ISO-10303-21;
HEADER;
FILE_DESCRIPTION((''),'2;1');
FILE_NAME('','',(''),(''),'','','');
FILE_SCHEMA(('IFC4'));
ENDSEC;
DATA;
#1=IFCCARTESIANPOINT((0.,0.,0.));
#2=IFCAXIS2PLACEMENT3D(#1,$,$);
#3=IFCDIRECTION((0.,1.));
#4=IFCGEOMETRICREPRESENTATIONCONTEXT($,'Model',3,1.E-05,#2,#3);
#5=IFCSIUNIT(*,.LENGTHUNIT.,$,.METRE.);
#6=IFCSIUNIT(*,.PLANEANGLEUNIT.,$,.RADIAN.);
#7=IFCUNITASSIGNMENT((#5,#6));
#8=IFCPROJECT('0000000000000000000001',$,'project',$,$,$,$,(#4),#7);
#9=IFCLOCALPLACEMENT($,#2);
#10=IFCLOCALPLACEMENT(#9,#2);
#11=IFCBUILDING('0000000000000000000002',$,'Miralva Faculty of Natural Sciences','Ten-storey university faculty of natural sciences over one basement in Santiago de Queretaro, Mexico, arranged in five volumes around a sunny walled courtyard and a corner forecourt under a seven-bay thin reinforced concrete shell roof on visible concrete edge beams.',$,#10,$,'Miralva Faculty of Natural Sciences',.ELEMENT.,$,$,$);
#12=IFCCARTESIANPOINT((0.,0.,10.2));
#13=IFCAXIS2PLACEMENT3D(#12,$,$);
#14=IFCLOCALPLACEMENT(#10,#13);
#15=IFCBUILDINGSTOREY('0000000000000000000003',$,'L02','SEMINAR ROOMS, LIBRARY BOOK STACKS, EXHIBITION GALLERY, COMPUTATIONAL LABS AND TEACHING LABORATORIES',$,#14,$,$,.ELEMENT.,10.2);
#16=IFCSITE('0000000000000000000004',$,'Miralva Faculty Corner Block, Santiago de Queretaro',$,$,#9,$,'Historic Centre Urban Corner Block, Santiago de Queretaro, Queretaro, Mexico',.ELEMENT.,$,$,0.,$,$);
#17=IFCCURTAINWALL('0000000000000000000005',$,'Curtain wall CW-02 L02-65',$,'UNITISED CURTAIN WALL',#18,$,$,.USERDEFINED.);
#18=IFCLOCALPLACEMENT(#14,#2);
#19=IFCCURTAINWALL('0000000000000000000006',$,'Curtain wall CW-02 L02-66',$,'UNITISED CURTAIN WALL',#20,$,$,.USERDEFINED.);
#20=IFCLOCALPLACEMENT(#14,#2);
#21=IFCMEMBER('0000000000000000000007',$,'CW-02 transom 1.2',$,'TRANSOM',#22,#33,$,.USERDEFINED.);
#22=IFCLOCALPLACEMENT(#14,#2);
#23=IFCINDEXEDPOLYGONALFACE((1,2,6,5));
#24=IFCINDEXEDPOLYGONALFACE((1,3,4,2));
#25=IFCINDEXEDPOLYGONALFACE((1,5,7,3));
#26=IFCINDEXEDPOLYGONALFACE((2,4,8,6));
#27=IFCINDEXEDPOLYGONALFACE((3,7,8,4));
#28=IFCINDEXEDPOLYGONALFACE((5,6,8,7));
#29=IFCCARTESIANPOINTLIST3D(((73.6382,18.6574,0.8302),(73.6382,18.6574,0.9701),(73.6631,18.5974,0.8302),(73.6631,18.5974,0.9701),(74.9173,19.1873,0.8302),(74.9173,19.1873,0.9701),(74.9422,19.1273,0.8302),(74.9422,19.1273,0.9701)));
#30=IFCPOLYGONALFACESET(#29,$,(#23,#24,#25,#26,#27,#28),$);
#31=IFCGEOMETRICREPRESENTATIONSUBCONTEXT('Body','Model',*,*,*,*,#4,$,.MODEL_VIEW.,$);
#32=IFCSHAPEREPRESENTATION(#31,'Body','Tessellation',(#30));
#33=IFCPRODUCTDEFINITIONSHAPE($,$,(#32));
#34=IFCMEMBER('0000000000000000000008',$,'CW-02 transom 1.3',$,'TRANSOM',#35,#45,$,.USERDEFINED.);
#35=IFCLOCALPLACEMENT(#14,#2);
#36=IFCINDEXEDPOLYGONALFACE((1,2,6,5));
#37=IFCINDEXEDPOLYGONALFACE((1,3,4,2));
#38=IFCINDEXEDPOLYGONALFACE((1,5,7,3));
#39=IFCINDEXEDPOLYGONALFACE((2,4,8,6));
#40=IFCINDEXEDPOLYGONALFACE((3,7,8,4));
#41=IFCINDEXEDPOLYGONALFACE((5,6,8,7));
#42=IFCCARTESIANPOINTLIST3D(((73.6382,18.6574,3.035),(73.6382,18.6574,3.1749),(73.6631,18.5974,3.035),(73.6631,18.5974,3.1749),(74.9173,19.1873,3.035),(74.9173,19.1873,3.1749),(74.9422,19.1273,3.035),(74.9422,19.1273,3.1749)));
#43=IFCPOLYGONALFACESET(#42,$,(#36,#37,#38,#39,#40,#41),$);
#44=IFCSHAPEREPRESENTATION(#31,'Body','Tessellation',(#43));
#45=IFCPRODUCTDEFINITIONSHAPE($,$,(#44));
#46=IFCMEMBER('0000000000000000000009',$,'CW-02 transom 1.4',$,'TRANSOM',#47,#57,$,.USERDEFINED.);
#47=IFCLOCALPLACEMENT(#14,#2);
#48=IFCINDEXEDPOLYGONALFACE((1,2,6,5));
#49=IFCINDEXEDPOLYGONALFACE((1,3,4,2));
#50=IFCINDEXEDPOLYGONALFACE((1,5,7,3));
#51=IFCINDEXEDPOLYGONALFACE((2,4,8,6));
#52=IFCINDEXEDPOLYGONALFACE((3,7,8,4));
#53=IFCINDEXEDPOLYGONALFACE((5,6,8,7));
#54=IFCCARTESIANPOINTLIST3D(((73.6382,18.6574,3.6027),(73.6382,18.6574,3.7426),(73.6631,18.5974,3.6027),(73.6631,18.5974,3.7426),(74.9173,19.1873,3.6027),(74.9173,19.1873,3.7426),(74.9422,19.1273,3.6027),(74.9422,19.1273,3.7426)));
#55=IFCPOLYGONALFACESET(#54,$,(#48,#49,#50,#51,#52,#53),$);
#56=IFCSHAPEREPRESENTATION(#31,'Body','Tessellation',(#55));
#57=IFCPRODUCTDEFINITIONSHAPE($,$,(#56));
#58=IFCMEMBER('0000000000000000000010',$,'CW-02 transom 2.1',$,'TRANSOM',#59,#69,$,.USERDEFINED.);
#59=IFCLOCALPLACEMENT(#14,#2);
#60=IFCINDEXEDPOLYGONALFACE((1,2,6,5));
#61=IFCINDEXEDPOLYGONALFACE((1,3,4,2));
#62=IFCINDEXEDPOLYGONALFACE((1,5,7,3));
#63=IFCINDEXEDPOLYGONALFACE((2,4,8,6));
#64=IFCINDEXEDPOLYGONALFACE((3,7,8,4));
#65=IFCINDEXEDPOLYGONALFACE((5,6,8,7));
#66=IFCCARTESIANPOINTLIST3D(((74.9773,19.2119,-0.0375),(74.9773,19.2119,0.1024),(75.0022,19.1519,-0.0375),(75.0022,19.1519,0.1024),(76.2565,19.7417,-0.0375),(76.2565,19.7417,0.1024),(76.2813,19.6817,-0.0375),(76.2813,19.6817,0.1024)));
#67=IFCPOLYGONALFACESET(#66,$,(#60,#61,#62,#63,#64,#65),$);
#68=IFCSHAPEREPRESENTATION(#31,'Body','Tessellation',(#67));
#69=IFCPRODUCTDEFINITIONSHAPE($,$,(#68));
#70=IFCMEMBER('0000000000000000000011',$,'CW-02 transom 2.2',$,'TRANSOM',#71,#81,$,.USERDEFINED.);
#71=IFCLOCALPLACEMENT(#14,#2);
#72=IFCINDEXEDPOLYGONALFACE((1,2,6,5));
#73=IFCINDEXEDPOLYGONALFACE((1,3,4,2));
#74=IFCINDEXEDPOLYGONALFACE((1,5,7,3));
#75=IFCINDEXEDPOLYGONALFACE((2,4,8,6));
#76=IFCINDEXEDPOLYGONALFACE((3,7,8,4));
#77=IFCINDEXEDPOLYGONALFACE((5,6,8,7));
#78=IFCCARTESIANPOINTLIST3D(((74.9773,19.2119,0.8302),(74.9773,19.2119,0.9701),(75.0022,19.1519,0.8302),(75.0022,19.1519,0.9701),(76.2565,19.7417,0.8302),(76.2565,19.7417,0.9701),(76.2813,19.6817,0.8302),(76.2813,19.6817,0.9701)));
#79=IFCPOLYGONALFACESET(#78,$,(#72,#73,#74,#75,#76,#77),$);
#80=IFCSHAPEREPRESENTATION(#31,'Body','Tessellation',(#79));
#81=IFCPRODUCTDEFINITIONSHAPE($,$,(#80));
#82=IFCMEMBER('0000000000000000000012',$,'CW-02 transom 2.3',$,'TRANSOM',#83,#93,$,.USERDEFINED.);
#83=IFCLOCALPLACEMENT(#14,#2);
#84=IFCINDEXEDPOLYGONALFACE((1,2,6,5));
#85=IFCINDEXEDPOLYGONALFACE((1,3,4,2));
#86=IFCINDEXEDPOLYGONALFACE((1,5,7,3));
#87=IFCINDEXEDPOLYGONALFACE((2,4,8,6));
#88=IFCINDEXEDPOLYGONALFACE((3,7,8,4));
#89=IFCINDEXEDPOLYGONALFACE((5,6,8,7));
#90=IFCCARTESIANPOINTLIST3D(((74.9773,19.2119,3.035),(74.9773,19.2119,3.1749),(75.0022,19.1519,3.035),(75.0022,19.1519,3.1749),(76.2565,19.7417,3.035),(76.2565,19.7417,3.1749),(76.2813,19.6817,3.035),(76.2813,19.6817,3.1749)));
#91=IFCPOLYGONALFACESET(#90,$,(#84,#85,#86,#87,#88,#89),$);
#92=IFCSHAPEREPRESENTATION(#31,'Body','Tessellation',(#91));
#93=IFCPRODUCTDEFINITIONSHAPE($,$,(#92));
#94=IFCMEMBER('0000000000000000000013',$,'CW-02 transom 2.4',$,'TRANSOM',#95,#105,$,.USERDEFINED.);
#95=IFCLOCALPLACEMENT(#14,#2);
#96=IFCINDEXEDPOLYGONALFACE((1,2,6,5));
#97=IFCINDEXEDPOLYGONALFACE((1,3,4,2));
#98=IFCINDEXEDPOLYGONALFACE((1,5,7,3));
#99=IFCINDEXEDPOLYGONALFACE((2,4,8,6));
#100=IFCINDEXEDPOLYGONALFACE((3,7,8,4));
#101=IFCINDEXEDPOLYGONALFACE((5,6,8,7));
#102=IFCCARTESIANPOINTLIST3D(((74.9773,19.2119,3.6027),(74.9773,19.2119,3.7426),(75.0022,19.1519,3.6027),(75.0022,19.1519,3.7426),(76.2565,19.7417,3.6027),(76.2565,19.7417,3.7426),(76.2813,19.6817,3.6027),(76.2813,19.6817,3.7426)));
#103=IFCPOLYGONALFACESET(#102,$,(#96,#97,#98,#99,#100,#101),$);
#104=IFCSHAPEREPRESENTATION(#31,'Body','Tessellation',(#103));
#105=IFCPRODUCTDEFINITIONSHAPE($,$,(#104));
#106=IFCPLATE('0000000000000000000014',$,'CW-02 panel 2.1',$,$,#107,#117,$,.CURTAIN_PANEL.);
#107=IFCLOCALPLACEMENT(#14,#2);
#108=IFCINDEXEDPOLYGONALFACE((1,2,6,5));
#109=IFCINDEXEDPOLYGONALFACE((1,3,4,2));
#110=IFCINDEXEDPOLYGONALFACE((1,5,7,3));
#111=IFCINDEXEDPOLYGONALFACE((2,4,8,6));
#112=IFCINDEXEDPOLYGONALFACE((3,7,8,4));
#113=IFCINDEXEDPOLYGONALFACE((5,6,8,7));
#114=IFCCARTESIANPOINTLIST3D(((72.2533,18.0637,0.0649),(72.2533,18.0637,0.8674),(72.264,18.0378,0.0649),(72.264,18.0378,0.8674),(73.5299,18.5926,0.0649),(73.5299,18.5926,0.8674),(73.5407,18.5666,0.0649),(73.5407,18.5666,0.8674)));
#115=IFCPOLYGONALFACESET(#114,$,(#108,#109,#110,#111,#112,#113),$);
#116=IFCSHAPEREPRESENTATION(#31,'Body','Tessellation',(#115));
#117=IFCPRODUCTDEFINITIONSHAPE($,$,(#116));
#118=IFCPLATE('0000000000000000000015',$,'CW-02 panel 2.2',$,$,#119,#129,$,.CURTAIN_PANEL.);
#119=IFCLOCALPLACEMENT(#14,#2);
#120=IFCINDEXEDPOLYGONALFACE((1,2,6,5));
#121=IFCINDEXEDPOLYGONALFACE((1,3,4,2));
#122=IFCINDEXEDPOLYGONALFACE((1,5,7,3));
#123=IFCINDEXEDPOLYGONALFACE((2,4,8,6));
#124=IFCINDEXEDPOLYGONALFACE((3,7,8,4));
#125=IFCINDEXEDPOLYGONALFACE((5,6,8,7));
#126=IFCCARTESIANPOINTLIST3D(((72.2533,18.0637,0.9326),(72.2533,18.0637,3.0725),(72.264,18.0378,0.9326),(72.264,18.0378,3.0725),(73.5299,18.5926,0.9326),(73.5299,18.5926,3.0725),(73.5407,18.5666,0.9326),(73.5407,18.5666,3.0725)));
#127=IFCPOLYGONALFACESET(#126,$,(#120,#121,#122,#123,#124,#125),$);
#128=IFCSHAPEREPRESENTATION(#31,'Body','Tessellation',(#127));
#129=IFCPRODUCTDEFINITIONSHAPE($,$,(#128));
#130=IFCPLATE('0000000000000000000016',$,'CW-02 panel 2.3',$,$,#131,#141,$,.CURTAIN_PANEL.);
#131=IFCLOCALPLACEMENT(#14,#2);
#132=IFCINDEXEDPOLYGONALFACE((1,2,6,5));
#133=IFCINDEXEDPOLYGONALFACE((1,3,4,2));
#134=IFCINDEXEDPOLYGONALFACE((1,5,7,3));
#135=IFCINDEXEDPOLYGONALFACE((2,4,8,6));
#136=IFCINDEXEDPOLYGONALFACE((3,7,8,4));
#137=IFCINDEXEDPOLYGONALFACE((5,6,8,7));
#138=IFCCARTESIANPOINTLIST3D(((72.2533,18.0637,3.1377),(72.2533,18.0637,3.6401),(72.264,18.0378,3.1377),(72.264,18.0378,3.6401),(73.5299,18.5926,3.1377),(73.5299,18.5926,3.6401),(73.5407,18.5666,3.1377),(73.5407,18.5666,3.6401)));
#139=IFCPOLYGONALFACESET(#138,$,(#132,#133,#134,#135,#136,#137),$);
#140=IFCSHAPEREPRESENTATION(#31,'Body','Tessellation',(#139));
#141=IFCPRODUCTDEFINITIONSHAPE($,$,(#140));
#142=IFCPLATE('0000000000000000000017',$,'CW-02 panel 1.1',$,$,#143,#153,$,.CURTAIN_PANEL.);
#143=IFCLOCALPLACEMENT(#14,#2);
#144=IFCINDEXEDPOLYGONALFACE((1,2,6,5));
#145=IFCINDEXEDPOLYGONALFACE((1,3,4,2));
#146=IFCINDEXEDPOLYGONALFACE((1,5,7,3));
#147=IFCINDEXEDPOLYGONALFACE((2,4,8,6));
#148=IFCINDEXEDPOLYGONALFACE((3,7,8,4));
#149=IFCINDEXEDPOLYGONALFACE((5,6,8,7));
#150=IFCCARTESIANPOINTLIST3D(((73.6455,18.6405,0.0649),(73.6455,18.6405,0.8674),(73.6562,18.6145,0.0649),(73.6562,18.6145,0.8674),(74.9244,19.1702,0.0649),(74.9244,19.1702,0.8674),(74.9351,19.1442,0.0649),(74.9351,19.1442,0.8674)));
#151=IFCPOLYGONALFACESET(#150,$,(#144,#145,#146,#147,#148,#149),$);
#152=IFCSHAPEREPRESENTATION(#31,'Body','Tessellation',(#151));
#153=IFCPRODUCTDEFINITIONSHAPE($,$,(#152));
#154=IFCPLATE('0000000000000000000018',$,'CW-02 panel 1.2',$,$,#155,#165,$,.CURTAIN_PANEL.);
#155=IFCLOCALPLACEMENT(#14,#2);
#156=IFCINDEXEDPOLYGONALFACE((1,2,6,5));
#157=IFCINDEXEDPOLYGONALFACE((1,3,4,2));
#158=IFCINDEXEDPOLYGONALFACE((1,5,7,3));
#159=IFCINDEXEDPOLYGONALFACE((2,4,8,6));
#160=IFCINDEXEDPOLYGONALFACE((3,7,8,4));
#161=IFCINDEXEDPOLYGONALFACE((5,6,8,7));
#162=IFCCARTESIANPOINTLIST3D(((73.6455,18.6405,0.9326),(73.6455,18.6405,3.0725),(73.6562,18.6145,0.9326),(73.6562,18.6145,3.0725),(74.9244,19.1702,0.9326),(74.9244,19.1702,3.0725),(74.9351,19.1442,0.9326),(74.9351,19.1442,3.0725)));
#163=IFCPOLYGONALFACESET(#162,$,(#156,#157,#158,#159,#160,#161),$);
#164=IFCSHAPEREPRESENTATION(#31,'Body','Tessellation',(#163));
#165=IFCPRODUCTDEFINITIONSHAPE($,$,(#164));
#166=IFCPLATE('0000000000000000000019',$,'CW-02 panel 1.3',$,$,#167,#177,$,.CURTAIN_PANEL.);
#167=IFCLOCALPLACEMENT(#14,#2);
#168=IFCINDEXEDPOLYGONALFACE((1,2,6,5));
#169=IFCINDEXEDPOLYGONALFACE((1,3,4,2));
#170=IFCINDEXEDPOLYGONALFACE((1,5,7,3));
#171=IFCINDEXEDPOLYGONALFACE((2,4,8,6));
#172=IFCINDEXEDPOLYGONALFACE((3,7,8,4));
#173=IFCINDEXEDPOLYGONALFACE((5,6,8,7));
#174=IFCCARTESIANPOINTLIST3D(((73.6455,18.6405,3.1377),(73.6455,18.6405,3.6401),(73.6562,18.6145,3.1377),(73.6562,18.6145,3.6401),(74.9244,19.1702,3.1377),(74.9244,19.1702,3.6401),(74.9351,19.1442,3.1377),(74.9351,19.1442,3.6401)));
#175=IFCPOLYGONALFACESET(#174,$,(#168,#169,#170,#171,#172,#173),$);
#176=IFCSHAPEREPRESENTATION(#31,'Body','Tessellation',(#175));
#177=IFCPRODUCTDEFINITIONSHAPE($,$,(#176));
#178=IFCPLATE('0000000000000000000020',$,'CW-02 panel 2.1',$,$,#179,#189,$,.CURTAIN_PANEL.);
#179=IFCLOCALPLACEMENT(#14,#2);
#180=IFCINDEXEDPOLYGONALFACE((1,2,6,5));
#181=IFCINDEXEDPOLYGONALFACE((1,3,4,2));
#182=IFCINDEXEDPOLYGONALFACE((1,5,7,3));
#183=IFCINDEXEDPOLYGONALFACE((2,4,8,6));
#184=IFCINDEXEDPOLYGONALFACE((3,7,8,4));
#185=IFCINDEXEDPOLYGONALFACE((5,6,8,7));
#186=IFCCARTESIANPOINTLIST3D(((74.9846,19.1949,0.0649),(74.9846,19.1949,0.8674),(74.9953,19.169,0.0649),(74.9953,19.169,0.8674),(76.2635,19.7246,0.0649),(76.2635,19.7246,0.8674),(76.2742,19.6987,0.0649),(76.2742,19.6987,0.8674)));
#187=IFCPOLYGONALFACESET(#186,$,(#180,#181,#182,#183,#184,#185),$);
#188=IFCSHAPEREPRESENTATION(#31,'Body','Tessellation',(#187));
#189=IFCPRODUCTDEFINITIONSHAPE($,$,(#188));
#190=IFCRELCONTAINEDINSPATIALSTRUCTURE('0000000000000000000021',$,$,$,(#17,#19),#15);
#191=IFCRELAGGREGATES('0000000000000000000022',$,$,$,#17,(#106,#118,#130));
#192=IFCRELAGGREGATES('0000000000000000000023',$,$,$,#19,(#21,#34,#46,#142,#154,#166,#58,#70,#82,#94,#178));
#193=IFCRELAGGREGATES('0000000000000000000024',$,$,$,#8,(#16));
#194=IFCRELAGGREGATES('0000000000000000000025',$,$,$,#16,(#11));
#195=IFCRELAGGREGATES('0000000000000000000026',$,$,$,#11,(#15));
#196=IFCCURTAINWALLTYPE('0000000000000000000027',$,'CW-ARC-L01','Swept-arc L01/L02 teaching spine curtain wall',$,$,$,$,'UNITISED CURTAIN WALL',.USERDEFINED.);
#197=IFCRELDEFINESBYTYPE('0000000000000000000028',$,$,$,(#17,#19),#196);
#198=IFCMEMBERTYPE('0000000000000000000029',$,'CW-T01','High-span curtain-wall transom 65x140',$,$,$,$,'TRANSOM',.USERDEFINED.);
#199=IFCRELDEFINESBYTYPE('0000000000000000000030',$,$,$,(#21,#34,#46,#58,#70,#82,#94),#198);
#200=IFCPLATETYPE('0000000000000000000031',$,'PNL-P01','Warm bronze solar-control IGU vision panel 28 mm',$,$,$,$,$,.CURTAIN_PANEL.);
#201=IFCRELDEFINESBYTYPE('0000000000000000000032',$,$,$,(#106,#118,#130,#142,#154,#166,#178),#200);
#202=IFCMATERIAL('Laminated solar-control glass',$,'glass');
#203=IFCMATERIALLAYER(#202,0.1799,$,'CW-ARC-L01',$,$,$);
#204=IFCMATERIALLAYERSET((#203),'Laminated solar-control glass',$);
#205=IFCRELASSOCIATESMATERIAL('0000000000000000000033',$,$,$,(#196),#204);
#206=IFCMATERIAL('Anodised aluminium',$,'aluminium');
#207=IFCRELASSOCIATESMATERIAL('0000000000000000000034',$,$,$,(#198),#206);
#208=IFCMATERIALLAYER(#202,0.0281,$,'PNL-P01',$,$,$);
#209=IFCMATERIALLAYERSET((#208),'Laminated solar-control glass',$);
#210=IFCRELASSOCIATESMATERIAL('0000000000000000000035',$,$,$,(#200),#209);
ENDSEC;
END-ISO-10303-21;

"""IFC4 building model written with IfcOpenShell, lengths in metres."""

from ifc_helpers import new_model, si_unit, direction, frame, origin, origin_2d, place, context, subcontext, project, spatial, rectangle, extrude, material, layer, layer_set, material_profile, profile_set, type_object, element, aggregate, save


model = new_model("IFC4")

# Units and contexts
model_context = context("Model", 3, precision=1e-05, world=origin(), true_north=direction((0.0, 1.0)))
body_context = subcontext(model_context, "Body", "Model", "MODEL_VIEW")
ifc_project = project(units=[si_unit("LENGTHUNIT", "METRE"), si_unit("PLANEANGLEUNIT", "RADIAN")], contexts=[model_context])

# Site, building, storey
site_placement = place(None, origin())
site = spatial("IfcSite", under=ifc_project, at=site_placement, Name="Miralva Faculty Corner Block, Santiago de Queretaro", LongName="Historic Centre Urban Corner Block, Santiago de Queretaro, Queretaro, Mexico", CompositionType="ELEMENT", RefElevation=0.0)
building_placement = place(site_placement, origin())
building = spatial("IfcBuilding", under=site, at=building_placement, Name="Miralva Faculty of Natural Sciences", Description="Ten-storey university faculty of natural sciences over one basement in Santiago de Queretaro, Mexico, arranged in five volumes around a sunny walled courtyard and a corner forecourt under a seven-bay thin reinforced concrete shell roof on visible concrete edge beams.", LongName="Miralva Faculty of Natural Sciences", CompositionType="ELEMENT")
storey_placement = place(building_placement, frame((0.0, 0.0, 10.2)))
storey = spatial("IfcBuildingStorey", under=building, at=storey_placement, Name="L02", Description="SEMINAR ROOMS, LIBRARY BOOK STACKS, EXHIBITION GALLERY, COMPUTATIONAL LABS AND TEACHING LABORATORIES", CompositionType="ELEMENT", Elevation=10.2)

# Curtain walls
ifc_material_1 = material(Name="Laminated solar-control glass", Category="glass")
ifc_layer_1 = layer(ifc_material_1, 0.1799, Name="CW-ARC-L01")
ifc_layer_set_1 = layer_set([ifc_layer_1], Name="Laminated solar-control glass")
curtain_wall_type = type_object("IfcCurtainWallType", Name="CW-ARC-L01", Description="Swept-arc L01/L02 teaching spine curtain wall", ElementType="UNITISED CURTAIN WALL", PredefinedType="USERDEFINED", material=ifc_layer_set_1)
curtain_wall_1_placement = place(storey_placement, origin())
curtain_wall_1 = element("IfcCurtainWall", 1, at=curtain_wall_1_placement, inside=storey, type_object=curtain_wall_type, Name="Curtain wall CW-02 L02-65", ObjectType="UNITISED CURTAIN WALL", PredefinedType="USERDEFINED")
ifc_material_2 = material(Name="Anodised aluminium", Category="aluminium")
curtain_wall_2_placement = place(storey_placement, origin())
curtain_wall_2 = element("IfcCurtainWall", 2, at=curtain_wall_2_placement, inside=storey, type_object=curtain_wall_type, Name="Curtain wall CW-02 L02-66", ObjectType="UNITISED CURTAIN WALL", PredefinedType="USERDEFINED")

# Members
ifc_material_profile_1 = material_profile(ifc_material_2, rectangle(XDim=0.0649, YDim=0.1399, at=origin_2d()), Name="TRANSOM 65x140")
ifc_profile_set_1 = profile_set([ifc_material_profile_1], Name="Anodised aluminium")
member_type_1 = type_object("IfcMemberType", Name="CW-T01", Description="High-span curtain-wall transom 65x140", ElementType="TRANSOM", PredefinedType="USERDEFINED", material=ifc_profile_set_1)
member_1_placement = place(storey_placement, frame((73.6506, 18.6274, 0.9001), z_axis=(0.923884, 0.382674, 0.0), x_axis=(-0.382674, 0.923884, 0.0)))
member_1 = element("IfcMember", 3, at=member_1_placement, type_object=member_type_1, Name="CW-02 transom 1.2", ObjectType="TRANSOM", PredefinedType="USERDEFINED", context=body_context, shape_type="SweptSolid", body=[
    extrude(rectangle(XDim=0.0649, YDim=0.1399, at=origin_2d()), origin(), (0.0, 0.0, 1.0), 1.3845),
])
member_2_placement = place(storey_placement, frame((73.6506, 18.6274, 3.105), z_axis=(0.923884, 0.382674, 0.0), x_axis=(-0.382674, 0.923884, 0.0)))
member_2 = element("IfcMember", 4, at=member_2_placement, type_object=member_type_1, Name="CW-02 transom 1.3", ObjectType="TRANSOM", PredefinedType="USERDEFINED", context=body_context, shape_type="SweptSolid", body=[
    extrude(rectangle(XDim=0.0649, YDim=0.1399, at=origin_2d()), origin(), (0.0, 0.0, 1.0), 1.3845),
])
member_3_placement = place(storey_placement, frame((73.6506, 18.6274, 3.6726), z_axis=(0.923884, 0.382674, 0.0), x_axis=(-0.382674, 0.923884, 0.0)))
member_3 = element("IfcMember", 5, at=member_3_placement, type_object=member_type_1, Name="CW-02 transom 1.4", ObjectType="TRANSOM", PredefinedType="USERDEFINED", context=body_context, shape_type="SweptSolid", body=[
    extrude(rectangle(XDim=0.0649, YDim=0.1399, at=origin_2d()), origin(), (0.0, 0.0, 1.0), 1.3845),
])
member_4_placement = place(storey_placement, frame((74.9897, 19.1819, 0.0325), z_axis=(0.923884, 0.382674, 0.0), x_axis=(-0.382674, 0.923884, 0.0)))
member_4 = element("IfcMember", 6, at=member_4_placement, type_object=member_type_1, Name="CW-02 transom 2.1", ObjectType="TRANSOM", PredefinedType="USERDEFINED", context=body_context, shape_type="SweptSolid", body=[
    extrude(rectangle(XDim=0.0649, YDim=0.1399, at=origin_2d()), origin(), (0.0, 0.0, 1.0), 1.3845),
])
member_5_placement = place(storey_placement, frame((74.9897, 19.1819, 0.9001), z_axis=(0.923884, 0.382674, 0.0), x_axis=(-0.382674, 0.923884, 0.0)))
member_5 = element("IfcMember", 7, at=member_5_placement, type_object=member_type_1, Name="CW-02 transom 2.2", ObjectType="TRANSOM", PredefinedType="USERDEFINED", context=body_context, shape_type="SweptSolid", body=[
    extrude(rectangle(XDim=0.0649, YDim=0.1399, at=origin_2d()), origin(), (0.0, 0.0, 1.0), 1.3845),
])
member_6_placement = place(storey_placement, frame((74.9897, 19.1819, 3.105), z_axis=(0.923884, 0.382674, 0.0), x_axis=(-0.382674, 0.923884, 0.0)))
member_6 = element("IfcMember", 8, at=member_6_placement, type_object=member_type_1, Name="CW-02 transom 2.3", ObjectType="TRANSOM", PredefinedType="USERDEFINED", context=body_context, shape_type="SweptSolid", body=[
    extrude(rectangle(XDim=0.0649, YDim=0.1399, at=origin_2d()), origin(), (0.0, 0.0, 1.0), 1.3845),
])
member_7_placement = place(storey_placement, frame((74.9897, 19.1819, 3.6726), z_axis=(0.923884, 0.382674, 0.0), x_axis=(-0.382674, 0.923884, 0.0)))
member_7 = element("IfcMember", 9, at=member_7_placement, type_object=member_type_1, Name="CW-02 transom 2.4", ObjectType="TRANSOM", PredefinedType="USERDEFINED", context=body_context, shape_type="SweptSolid", body=[
    extrude(rectangle(XDim=0.0649, YDim=0.1399, at=origin_2d()), origin(), (0.0, 0.0, 1.0), 1.3845),
])

# Plates
ifc_layer_2 = layer(ifc_material_1, 0.0281, Name="PNL-P01")
ifc_layer_set_2 = layer_set([ifc_layer_2], Name="Laminated solar-control glass")
plate_type = type_object("IfcPlateType", Name="PNL-P01", Description="Warm bronze solar-control IGU vision panel 28 mm", PredefinedType="CURTAIN_PANEL", material=ifc_layer_set_2)
plate_1_placement = place(storey_placement, frame((72.897, 18.3152, 0.0649), z_axis=(0.0, 0.0, 1.0), x_axis=(0.923874, 0.382697, 0.0)))
plate_1 = element("IfcPlate", 10, at=plate_1_placement, type_object=plate_type, Name="CW-02 panel 2.1", PredefinedType="CURTAIN_PANEL", context=body_context, shape_type="SweptSolid", body=[
    extrude(rectangle(XDim=1.3818, YDim=0.0281, at=origin_2d()), origin(), (0.0, 0.0, 1.0), 0.8025),
])
plate_2_placement = place(storey_placement, frame((72.897, 18.3152, 0.9326), z_axis=(0.0, 0.0, 1.0), x_axis=(0.923874, 0.382697, 0.0)))
plate_2 = element("IfcPlate", 11, at=plate_2_placement, type_object=plate_type, Name="CW-02 panel 2.2", PredefinedType="CURTAIN_PANEL", context=body_context, shape_type="SweptSolid", body=[
    extrude(rectangle(XDim=1.3818, YDim=0.0281, at=origin_2d()), origin(), (0.0, 0.0, 1.0), 2.1399),
])
plate_3_placement = place(storey_placement, frame((72.897, 18.3152, 3.1377), z_axis=(0.0, 0.0, 1.0), x_axis=(0.923874, 0.382697, 0.0)))
plate_3 = element("IfcPlate", 12, at=plate_3_placement, type_object=plate_type, Name="CW-02 panel 2.3", PredefinedType="CURTAIN_PANEL", context=body_context, shape_type="SweptSolid", body=[
    extrude(rectangle(XDim=1.3818, YDim=0.0281, at=origin_2d()), origin(), (0.0, 0.0, 1.0), 0.5024),
])
aggregate(curtain_wall_1, [plate_1, plate_2, plate_3])
plate_4_placement = place(storey_placement, frame((74.2903, 18.8923, 0.0649), z_axis=(0.0, 0.0, 1.0), x_axis=(0.923891, 0.382655, 0.0)))
plate_4 = element("IfcPlate", 13, at=plate_4_placement, type_object=plate_type, Name="CW-02 panel 1.1", PredefinedType="CURTAIN_PANEL", context=body_context, shape_type="SweptSolid", body=[
    extrude(rectangle(XDim=1.3843, YDim=0.0281, at=origin_2d()), origin(), (0.0, 0.0, 1.0), 0.8025),
])
plate_5_placement = place(storey_placement, frame((74.2903, 18.8923, 0.9326), z_axis=(0.0, 0.0, 1.0), x_axis=(0.923891, 0.382655, 0.0)))
plate_5 = element("IfcPlate", 14, at=plate_5_placement, type_object=plate_type, Name="CW-02 panel 1.2", PredefinedType="CURTAIN_PANEL", context=body_context, shape_type="SweptSolid", body=[
    extrude(rectangle(XDim=1.3843, YDim=0.0281, at=origin_2d()), origin(), (0.0, 0.0, 1.0), 2.1399),
])
plate_6_placement = place(storey_placement, frame((74.2903, 18.8923, 3.1377), z_axis=(0.0, 0.0, 1.0), x_axis=(0.923891, 0.382655, 0.0)))
plate_6 = element("IfcPlate", 15, at=plate_6_placement, type_object=plate_type, Name="CW-02 panel 1.3", PredefinedType="CURTAIN_PANEL", context=body_context, shape_type="SweptSolid", body=[
    extrude(rectangle(XDim=1.3843, YDim=0.0281, at=origin_2d()), origin(), (0.0, 0.0, 1.0), 0.5024),
])
plate_7_placement = place(storey_placement, frame((75.6294, 19.4468, 0.0649), z_axis=(0.0, 0.0, 1.0), x_axis=(0.923891, 0.382655, 0.0)))
plate_7 = element("IfcPlate", 16, at=plate_7_placement, type_object=plate_type, Name="CW-02 panel 2.1", PredefinedType="CURTAIN_PANEL", context=body_context, shape_type="SweptSolid", body=[
    extrude(rectangle(XDim=1.3843, YDim=0.0281, at=origin_2d()), origin(), (0.0, 0.0, 1.0), 0.8025),
])
aggregate(curtain_wall_2, [member_1, member_2, member_3, plate_4, plate_5, plate_6, member_4, member_5, member_6, member_7, plate_7])

save(model, "model.ifc")
